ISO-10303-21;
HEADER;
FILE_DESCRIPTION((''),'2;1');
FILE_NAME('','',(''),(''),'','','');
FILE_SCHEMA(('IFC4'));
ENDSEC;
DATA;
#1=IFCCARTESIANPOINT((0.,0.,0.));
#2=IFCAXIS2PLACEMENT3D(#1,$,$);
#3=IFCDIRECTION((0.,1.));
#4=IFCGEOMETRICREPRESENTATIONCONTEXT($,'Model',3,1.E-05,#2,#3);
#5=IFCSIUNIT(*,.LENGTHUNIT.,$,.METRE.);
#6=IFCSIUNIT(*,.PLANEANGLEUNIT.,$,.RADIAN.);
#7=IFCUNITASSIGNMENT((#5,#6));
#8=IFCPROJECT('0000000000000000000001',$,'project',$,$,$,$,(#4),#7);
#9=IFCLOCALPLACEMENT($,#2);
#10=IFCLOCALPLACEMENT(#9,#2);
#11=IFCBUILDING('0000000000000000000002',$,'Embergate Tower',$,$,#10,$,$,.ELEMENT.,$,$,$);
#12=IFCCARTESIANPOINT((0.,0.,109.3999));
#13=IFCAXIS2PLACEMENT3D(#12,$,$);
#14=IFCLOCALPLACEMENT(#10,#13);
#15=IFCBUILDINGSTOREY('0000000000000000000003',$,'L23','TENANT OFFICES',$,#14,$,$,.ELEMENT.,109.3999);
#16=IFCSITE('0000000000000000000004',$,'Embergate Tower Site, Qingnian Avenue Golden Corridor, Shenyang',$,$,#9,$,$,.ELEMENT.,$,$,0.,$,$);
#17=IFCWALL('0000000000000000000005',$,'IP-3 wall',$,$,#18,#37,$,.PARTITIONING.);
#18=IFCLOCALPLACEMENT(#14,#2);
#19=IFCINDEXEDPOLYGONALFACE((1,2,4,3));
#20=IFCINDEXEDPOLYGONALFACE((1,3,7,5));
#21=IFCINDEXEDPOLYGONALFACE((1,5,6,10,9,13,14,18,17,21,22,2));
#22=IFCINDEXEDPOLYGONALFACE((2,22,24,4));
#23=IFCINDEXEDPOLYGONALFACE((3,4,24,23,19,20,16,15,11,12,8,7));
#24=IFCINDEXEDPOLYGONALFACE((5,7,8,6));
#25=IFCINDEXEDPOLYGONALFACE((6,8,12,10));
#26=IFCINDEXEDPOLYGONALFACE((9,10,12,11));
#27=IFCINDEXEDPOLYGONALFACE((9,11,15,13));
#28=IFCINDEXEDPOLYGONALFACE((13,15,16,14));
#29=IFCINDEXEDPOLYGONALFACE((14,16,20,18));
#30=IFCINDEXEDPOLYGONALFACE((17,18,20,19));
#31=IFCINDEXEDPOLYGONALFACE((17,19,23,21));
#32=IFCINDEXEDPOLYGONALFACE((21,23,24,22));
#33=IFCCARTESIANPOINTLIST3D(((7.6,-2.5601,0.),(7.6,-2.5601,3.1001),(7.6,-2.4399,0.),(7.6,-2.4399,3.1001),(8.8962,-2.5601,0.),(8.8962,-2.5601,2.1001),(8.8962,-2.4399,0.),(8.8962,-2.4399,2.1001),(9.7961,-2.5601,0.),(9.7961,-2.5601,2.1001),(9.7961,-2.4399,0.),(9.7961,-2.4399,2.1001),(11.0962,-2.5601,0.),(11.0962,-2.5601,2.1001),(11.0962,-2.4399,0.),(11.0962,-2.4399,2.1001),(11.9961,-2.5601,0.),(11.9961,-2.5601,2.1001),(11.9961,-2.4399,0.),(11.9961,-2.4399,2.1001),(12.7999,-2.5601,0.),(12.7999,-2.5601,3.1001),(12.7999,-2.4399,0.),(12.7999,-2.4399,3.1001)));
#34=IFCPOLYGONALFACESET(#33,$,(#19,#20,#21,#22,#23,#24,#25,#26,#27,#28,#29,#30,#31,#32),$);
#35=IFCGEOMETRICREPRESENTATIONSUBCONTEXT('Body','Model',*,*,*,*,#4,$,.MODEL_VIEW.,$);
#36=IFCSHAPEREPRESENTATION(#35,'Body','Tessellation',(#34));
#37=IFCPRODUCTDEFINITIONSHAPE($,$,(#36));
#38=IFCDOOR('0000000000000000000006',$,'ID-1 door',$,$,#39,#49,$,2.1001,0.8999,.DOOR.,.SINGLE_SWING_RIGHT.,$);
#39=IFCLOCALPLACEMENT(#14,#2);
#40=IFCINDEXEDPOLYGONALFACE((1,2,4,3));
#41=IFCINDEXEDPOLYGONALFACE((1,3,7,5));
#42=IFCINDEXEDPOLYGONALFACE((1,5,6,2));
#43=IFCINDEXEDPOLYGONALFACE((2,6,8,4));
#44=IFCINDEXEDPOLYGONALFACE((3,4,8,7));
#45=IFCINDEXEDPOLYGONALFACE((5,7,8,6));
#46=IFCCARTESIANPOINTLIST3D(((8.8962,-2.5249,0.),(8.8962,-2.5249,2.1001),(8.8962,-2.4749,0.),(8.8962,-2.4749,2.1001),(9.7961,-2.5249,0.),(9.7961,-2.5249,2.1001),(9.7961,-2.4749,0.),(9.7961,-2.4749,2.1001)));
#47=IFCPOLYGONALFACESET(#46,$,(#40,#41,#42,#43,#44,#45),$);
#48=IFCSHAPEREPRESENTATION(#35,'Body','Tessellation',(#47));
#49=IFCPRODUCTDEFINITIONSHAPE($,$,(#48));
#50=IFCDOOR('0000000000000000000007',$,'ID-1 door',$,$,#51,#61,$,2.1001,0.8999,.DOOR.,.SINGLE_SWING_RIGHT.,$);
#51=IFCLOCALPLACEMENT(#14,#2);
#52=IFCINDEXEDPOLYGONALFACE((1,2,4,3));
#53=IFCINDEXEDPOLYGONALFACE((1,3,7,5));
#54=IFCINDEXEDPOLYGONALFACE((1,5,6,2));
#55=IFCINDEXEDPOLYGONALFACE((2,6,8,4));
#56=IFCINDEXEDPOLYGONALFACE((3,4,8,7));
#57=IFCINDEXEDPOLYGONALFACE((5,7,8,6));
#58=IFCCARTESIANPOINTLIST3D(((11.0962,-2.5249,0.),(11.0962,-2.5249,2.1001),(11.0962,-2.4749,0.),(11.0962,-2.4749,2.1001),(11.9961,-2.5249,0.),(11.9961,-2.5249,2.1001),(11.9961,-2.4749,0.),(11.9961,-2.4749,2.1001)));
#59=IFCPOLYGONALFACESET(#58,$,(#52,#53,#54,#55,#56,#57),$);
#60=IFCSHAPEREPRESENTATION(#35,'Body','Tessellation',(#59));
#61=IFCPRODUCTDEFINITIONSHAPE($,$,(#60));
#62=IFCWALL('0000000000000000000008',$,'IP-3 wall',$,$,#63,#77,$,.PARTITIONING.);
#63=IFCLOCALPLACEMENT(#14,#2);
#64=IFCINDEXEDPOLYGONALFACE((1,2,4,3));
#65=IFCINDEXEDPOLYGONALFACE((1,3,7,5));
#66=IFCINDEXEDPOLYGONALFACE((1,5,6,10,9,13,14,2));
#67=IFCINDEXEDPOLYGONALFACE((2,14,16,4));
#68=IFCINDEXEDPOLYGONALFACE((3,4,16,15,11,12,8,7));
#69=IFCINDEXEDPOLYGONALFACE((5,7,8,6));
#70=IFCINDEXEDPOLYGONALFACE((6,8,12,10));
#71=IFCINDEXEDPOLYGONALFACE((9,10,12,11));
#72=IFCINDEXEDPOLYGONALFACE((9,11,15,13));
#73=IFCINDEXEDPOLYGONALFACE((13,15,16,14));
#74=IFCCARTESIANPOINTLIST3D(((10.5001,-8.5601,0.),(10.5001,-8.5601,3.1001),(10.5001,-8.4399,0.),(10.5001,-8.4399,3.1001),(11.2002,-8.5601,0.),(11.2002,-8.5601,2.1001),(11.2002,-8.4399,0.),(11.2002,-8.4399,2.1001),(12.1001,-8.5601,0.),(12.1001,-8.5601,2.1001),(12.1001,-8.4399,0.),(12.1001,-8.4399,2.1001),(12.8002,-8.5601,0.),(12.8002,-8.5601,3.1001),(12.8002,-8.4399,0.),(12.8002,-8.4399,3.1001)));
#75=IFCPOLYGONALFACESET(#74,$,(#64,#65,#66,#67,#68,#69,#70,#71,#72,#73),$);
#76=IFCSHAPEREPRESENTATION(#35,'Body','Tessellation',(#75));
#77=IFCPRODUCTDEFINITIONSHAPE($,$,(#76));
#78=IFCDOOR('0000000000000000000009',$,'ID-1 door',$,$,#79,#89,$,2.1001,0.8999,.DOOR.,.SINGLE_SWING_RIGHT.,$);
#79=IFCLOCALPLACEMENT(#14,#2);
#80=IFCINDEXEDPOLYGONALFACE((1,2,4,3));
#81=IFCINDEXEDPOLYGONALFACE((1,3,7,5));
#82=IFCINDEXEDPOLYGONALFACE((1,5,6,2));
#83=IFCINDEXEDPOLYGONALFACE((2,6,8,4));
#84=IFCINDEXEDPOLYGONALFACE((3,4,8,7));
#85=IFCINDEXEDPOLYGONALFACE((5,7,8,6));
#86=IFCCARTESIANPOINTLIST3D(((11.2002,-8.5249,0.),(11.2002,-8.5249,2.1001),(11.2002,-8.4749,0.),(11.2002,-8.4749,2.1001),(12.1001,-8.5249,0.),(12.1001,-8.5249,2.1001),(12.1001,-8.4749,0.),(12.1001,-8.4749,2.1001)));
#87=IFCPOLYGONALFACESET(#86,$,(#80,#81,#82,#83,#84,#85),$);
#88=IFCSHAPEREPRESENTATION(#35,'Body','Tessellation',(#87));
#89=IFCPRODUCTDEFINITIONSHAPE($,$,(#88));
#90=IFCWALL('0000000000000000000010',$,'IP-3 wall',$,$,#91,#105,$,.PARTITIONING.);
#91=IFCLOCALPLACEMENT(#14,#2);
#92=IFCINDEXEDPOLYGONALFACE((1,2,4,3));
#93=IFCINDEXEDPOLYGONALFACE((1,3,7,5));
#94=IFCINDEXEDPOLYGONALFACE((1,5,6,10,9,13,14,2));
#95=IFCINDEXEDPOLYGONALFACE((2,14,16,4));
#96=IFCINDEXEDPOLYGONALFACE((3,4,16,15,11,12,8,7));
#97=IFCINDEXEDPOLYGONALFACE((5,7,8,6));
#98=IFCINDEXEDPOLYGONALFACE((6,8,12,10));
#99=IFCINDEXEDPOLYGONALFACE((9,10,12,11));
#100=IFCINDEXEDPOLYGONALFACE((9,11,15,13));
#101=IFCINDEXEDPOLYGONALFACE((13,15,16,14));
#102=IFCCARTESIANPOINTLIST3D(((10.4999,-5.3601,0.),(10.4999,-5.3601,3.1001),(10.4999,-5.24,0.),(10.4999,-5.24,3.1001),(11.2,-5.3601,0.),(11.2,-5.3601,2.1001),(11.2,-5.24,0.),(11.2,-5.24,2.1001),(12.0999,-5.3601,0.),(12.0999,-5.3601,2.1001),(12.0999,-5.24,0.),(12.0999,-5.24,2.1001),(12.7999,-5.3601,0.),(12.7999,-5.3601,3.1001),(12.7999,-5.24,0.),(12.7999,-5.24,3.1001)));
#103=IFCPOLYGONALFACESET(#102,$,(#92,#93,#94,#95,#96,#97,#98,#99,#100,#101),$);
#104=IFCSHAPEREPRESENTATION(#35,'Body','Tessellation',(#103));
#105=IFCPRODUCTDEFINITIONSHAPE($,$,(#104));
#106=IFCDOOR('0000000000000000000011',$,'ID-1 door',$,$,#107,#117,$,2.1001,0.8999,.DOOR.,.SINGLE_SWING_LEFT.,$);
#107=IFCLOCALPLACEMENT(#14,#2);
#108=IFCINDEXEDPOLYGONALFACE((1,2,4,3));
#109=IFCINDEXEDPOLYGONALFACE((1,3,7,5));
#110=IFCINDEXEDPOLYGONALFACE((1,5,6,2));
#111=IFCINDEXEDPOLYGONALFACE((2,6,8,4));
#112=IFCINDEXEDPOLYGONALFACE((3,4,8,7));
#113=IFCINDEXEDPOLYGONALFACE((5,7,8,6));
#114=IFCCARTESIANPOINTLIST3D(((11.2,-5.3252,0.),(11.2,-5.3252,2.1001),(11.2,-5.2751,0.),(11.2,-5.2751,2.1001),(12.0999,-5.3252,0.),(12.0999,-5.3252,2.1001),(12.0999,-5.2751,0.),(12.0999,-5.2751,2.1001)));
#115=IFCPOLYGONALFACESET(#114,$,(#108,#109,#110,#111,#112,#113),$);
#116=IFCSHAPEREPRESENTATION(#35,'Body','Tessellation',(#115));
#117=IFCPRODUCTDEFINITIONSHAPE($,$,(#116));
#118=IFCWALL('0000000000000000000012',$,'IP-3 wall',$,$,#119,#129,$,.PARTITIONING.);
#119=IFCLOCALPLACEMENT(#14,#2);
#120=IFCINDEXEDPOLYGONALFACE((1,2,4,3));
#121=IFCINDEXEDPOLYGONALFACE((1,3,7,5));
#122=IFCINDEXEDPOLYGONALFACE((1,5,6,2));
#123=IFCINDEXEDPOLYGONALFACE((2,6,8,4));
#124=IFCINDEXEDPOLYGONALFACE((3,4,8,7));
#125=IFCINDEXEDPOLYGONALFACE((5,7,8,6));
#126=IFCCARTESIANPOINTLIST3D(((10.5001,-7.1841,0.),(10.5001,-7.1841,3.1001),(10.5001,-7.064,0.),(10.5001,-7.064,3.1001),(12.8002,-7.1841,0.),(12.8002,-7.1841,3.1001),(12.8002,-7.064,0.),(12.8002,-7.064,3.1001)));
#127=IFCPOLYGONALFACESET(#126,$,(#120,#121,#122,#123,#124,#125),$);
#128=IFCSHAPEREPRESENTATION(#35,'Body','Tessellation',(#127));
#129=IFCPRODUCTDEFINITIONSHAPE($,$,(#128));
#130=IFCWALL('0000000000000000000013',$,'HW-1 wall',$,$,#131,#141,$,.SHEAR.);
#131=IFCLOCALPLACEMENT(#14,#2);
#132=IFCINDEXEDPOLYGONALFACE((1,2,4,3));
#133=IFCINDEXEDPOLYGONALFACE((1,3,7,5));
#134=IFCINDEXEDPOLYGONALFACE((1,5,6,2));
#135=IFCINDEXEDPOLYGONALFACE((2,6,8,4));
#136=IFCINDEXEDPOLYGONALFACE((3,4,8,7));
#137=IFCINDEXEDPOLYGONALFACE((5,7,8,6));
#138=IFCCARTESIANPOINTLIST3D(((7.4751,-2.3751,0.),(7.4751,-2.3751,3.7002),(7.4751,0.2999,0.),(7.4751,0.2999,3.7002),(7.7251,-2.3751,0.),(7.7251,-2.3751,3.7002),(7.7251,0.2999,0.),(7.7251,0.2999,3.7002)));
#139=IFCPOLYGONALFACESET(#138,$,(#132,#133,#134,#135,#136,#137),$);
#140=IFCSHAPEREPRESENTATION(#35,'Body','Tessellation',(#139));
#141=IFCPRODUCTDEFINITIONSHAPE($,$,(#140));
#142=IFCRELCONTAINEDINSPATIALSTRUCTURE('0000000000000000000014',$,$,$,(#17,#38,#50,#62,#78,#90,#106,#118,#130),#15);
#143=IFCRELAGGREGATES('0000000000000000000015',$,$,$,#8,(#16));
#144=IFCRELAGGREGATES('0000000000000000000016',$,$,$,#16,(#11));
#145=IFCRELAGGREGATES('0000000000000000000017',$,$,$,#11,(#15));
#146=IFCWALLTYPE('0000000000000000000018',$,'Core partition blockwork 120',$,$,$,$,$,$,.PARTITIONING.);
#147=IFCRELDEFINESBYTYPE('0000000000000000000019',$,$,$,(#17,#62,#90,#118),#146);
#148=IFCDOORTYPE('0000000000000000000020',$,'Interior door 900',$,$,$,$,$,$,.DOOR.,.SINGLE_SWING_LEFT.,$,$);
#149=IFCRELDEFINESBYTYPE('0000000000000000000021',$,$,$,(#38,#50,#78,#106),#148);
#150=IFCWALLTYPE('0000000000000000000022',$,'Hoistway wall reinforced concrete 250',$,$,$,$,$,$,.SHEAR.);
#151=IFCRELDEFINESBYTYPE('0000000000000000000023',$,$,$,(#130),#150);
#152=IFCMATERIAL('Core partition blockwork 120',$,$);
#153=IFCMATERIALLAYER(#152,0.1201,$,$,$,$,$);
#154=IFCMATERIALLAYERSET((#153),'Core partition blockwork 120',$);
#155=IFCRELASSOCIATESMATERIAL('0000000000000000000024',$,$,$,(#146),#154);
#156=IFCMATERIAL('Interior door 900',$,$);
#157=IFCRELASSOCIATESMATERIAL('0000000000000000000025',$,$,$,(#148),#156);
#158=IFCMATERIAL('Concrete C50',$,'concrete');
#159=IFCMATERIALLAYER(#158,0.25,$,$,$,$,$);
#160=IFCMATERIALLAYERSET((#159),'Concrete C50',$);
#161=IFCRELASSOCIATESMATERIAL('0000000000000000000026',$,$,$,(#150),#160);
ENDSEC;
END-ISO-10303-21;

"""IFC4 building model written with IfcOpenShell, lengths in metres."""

from ifc_helpers import new_model, si_unit, direction, frame, frame_2d, origin, place, context, subcontext, project, spatial, rectangle, extrude, source, transform, mapped, material, layer, layer_set, type_object, element, fill, save


model = new_model("IFC4")

# Units and contexts
model_context = context("Model", 3, precision=1e-05, world=origin(), true_north=direction((0.0, 1.0)))
body_context = subcontext(model_context, "Body", "Model", "MODEL_VIEW")
ifc_project = project(units=[si_unit("LENGTHUNIT", "METRE"), si_unit("PLANEANGLEUNIT", "RADIAN")], contexts=[model_context])

# Site, building, storey
site_placement = place(None, origin())
site = spatial("IfcSite", under=ifc_project, at=site_placement, Name="Embergate Tower Site, Qingnian Avenue Golden Corridor, Shenyang", CompositionType="ELEMENT", RefElevation=0.0)
building_placement = place(site_placement, origin())
building = spatial("IfcBuilding", under=site, at=building_placement, Name="Embergate Tower", CompositionType="ELEMENT")
storey_placement = place(building_placement, frame((0.0, 0.0, 109.3999)))
storey = spatial("IfcBuildingStorey", under=building, at=storey_placement, Name="L23", Description="TENANT OFFICES", CompositionType="ELEMENT", Elevation=109.3999)

# Shared definitions
ifc_material_1 = material(Name="Core partition blockwork 120")
ifc_layer_1 = layer(ifc_material_1, 0.1201)
ifc_layer_set_1 = layer_set([ifc_layer_1], Name="Core partition blockwork 120")
wall_type_1 = type_object("IfcWallType", Name="Core partition blockwork 120", PredefinedType="PARTITIONING", material=ifc_layer_set_1)
shared_shape_1 = source(origin(), body_context, "Body", "SweptSolid", [
    extrude(rectangle(XDim=0.8999, YDim=2.1001, at=frame_2d((0.45, 1.05))), frame((0.0, 0.0701, 0.0), z_axis=(0.0, -1.0, 0.0), x_axis=(1.0, 0.0, 0.0)), (0.0, 0.0, 1.0), 0.1401),
])
ifc_material_2 = material(Name="Interior door 900")
door_type_1 = type_object("IfcDoorType", Name="Interior door 900", OperationType="SINGLE_SWING_LEFT", PredefinedType="DOOR", material=ifc_material_2)
shared_shape_2 = source(origin(), body_context, "Body", "SweptSolid", [
    extrude(rectangle(XDim=0.8999, YDim=2.1001, at=frame_2d((0.45, 1.05))), frame((0.0, 0.0249, 0.0), z_axis=(0.0, -1.0, 0.0), x_axis=(1.0, 0.0, 0.0)), (0.0, 0.0, 1.0), 0.05),
])

# Wall, openings, doors
shared_shape_3 = source(origin(), body_context, "Body", "SweptSolid", [
    extrude(rectangle(XDim=5.2, YDim=0.1201, at=frame_2d((2.6001, 0.0))), origin(), (0.0, 0.0, 1.0), 3.1001),
])
wall_1_placement = place(storey_placement, frame((12.8, -2.5, 0.0), z_axis=(0.0, 0.0, 1.0), x_axis=(-1.0, 0.0, 0.0)))
wall_1 = element("IfcWall", 1, at=wall_1_placement, inside=storey, type_object=wall_type_1, Name="IP-3 wall", PredefinedType="PARTITIONING", context=body_context, shape_type="MappedRepresentation", body=[
    mapped(shared_shape_3, transform((0.0, 0.0, 0.0))),
])
opening_1_placement = place(wall_1_placement, frame((3.0039, 0.0, 0.0)))
opening_1 = element("IfcOpeningElement", 2, at=opening_1_placement, cuts=wall_1, PredefinedType="OPENING", context=body_context, shape_type="MappedRepresentation", body=[
    mapped(shared_shape_1, transform((0.0, 0.0, 0.0))),
])
opening_2_placement = place(wall_1_placement, frame((0.804, 0.0, 0.0)))
opening_2 = element("IfcOpeningElement", 3, at=opening_2_placement, cuts=wall_1, PredefinedType="OPENING", context=body_context, shape_type="MappedRepresentation", body=[
    mapped(shared_shape_1, transform((0.0, 0.0, 0.0))),
])
door_1_placement = place(opening_1_placement, origin())
door_1 = element("IfcDoor", 4, at=door_1_placement, inside=storey, type_object=door_type_1, Name="ID-1 door", OperationType="SINGLE_SWING_RIGHT", OverallHeight=2.1001, OverallWidth=0.8999, PredefinedType="DOOR", context=body_context, shape_type="MappedRepresentation", body=[
    mapped(shared_shape_2, transform((0.0, 0.0, 0.0))),
])
fill(opening_1, door_1)
door_2_placement = place(opening_2_placement, origin())
door_2 = element("IfcDoor", 5, at=door_2_placement, inside=storey, type_object=door_type_1, Name="ID-1 door", OperationType="SINGLE_SWING_RIGHT", OverallHeight=2.1001, OverallWidth=0.8999, PredefinedType="DOOR", context=body_context, shape_type="MappedRepresentation", body=[
    mapped(shared_shape_2, transform((0.0, 0.0, 0.0))),
])
fill(opening_2, door_2)

# Walls, openings, doors
shared_shape_4 = source(origin(), body_context, "Body", "SweptSolid", [
    extrude(rectangle(XDim=2.3, YDim=0.1201, at=frame_2d((1.1499, 0.0))), origin(), (0.0, 0.0, 1.0), 3.1001),
])
wall_2_placement = place(storey_placement, frame((12.8, -8.5, 0.0), z_axis=(0.0, 0.0, 1.0), x_axis=(-1.0, 0.0, 0.0)))
wall_2 = element("IfcWall", 6, at=wall_2_placement, inside=storey, type_object=wall_type_1, Name="IP-3 wall", PredefinedType="PARTITIONING", context=body_context, shape_type="MappedRepresentation", body=[
    mapped(shared_shape_4, transform((0.0, 0.0, 0.0))),
])
opening_3_placement = place(wall_2_placement, frame((0.7, 0.0, 0.0)))
opening_3 = element("IfcOpeningElement", 7, at=opening_3_placement, cuts=wall_2, PredefinedType="OPENING", context=body_context, shape_type="MappedRepresentation", body=[
    mapped(shared_shape_1, transform((0.0, 0.0, 0.0))),
])
door_3_placement = place(opening_3_placement, origin())
door_3 = element("IfcDoor", 8, at=door_3_placement, inside=storey, type_object=door_type_1, Name="ID-1 door", OperationType="SINGLE_SWING_RIGHT", OverallHeight=2.1001, OverallWidth=0.8999, PredefinedType="DOOR", context=body_context, shape_type="MappedRepresentation", body=[
    mapped(shared_shape_2, transform((0.0, 0.0, 0.0))),
])
fill(opening_3, door_3)
wall_3_placement = place(storey_placement, frame((10.5, -5.3, 0.0), z_axis=(0.0, 0.0, 1.0), x_axis=(1.0, 0.0, 0.0)))
wall_3 = element("IfcWall", 9, at=wall_3_placement, inside=storey, type_object=wall_type_1, Name="IP-3 wall", PredefinedType="PARTITIONING", context=body_context, shape_type="MappedRepresentation", body=[
    mapped(shared_shape_4, transform((0.0, 0.0, 0.0))),
])
opening_4_placement = place(wall_3_placement, frame((0.7, 0.0, 0.0)))
opening_4 = element("IfcOpeningElement", 10, at=opening_4_placement, cuts=wall_3, PredefinedType="OPENING", context=body_context, shape_type="MappedRepresentation", body=[
    mapped(shared_shape_1, transform((0.0, 0.0, 0.0))),
])
door_4_placement = place(opening_4_placement, origin())
door_4 = element("IfcDoor", 11, at=door_4_placement, inside=storey, type_object=door_type_1, Name="ID-1 door", OperationType="SINGLE_SWING_LEFT", OverallHeight=2.1001, OverallWidth=0.8999, PredefinedType="DOOR", context=body_context, shape_type="MappedRepresentation", body=[
    mapped(shared_shape_2, transform((0.0, 0.0, 0.0))),
])
fill(opening_4, door_4)

# Walls
wall_4_placement = place(storey_placement, frame((12.8, -7.124, 0.0), z_axis=(0.0, 0.0, 1.0), x_axis=(-1.0, 0.0, 0.0)))
element("IfcWall", 12, at=wall_4_placement, inside=storey, type_object=wall_type_1, Name="IP-3 wall", PredefinedType="PARTITIONING", context=body_context, shape_type="MappedRepresentation", body=[
    mapped(shared_shape_4, transform((0.0, 0.0, 0.0))),
])
ifc_material_3 = material(Name="Concrete C50", Category="concrete")
ifc_layer_2 = layer(ifc_material_3, 0.25)
ifc_layer_set_2 = layer_set([ifc_layer_2], Name="Concrete C50")
wall_type_2 = type_object("IfcWallType", Name="Hoistway wall reinforced concrete 250", PredefinedType="SHEAR", material=ifc_layer_set_2)
shared_shape_5 = source(origin(), body_context, "Body", "SweptSolid", [
    extrude(rectangle(XDim=2.675, YDim=0.25, at=frame_2d((1.3374, 0.0))), origin(), (0.0, 0.0, 1.0), 3.7002),
])
wall_5_placement = place(storey_placement, frame((7.6001, -2.375, 0.0), z_axis=(0.0, 0.0, 1.0), x_axis=(0.0, 1.0, 0.0)))
element("IfcWall", 13, at=wall_5_placement, inside=storey, type_object=wall_type_2, Name="HW-1 wall", PredefinedType="SHEAR", context=body_context, shape_type="MappedRepresentation", body=[
    mapped(shared_shape_5, transform((0.0, 0.0, 0.0))),
])

save(model, "model.ifc")
